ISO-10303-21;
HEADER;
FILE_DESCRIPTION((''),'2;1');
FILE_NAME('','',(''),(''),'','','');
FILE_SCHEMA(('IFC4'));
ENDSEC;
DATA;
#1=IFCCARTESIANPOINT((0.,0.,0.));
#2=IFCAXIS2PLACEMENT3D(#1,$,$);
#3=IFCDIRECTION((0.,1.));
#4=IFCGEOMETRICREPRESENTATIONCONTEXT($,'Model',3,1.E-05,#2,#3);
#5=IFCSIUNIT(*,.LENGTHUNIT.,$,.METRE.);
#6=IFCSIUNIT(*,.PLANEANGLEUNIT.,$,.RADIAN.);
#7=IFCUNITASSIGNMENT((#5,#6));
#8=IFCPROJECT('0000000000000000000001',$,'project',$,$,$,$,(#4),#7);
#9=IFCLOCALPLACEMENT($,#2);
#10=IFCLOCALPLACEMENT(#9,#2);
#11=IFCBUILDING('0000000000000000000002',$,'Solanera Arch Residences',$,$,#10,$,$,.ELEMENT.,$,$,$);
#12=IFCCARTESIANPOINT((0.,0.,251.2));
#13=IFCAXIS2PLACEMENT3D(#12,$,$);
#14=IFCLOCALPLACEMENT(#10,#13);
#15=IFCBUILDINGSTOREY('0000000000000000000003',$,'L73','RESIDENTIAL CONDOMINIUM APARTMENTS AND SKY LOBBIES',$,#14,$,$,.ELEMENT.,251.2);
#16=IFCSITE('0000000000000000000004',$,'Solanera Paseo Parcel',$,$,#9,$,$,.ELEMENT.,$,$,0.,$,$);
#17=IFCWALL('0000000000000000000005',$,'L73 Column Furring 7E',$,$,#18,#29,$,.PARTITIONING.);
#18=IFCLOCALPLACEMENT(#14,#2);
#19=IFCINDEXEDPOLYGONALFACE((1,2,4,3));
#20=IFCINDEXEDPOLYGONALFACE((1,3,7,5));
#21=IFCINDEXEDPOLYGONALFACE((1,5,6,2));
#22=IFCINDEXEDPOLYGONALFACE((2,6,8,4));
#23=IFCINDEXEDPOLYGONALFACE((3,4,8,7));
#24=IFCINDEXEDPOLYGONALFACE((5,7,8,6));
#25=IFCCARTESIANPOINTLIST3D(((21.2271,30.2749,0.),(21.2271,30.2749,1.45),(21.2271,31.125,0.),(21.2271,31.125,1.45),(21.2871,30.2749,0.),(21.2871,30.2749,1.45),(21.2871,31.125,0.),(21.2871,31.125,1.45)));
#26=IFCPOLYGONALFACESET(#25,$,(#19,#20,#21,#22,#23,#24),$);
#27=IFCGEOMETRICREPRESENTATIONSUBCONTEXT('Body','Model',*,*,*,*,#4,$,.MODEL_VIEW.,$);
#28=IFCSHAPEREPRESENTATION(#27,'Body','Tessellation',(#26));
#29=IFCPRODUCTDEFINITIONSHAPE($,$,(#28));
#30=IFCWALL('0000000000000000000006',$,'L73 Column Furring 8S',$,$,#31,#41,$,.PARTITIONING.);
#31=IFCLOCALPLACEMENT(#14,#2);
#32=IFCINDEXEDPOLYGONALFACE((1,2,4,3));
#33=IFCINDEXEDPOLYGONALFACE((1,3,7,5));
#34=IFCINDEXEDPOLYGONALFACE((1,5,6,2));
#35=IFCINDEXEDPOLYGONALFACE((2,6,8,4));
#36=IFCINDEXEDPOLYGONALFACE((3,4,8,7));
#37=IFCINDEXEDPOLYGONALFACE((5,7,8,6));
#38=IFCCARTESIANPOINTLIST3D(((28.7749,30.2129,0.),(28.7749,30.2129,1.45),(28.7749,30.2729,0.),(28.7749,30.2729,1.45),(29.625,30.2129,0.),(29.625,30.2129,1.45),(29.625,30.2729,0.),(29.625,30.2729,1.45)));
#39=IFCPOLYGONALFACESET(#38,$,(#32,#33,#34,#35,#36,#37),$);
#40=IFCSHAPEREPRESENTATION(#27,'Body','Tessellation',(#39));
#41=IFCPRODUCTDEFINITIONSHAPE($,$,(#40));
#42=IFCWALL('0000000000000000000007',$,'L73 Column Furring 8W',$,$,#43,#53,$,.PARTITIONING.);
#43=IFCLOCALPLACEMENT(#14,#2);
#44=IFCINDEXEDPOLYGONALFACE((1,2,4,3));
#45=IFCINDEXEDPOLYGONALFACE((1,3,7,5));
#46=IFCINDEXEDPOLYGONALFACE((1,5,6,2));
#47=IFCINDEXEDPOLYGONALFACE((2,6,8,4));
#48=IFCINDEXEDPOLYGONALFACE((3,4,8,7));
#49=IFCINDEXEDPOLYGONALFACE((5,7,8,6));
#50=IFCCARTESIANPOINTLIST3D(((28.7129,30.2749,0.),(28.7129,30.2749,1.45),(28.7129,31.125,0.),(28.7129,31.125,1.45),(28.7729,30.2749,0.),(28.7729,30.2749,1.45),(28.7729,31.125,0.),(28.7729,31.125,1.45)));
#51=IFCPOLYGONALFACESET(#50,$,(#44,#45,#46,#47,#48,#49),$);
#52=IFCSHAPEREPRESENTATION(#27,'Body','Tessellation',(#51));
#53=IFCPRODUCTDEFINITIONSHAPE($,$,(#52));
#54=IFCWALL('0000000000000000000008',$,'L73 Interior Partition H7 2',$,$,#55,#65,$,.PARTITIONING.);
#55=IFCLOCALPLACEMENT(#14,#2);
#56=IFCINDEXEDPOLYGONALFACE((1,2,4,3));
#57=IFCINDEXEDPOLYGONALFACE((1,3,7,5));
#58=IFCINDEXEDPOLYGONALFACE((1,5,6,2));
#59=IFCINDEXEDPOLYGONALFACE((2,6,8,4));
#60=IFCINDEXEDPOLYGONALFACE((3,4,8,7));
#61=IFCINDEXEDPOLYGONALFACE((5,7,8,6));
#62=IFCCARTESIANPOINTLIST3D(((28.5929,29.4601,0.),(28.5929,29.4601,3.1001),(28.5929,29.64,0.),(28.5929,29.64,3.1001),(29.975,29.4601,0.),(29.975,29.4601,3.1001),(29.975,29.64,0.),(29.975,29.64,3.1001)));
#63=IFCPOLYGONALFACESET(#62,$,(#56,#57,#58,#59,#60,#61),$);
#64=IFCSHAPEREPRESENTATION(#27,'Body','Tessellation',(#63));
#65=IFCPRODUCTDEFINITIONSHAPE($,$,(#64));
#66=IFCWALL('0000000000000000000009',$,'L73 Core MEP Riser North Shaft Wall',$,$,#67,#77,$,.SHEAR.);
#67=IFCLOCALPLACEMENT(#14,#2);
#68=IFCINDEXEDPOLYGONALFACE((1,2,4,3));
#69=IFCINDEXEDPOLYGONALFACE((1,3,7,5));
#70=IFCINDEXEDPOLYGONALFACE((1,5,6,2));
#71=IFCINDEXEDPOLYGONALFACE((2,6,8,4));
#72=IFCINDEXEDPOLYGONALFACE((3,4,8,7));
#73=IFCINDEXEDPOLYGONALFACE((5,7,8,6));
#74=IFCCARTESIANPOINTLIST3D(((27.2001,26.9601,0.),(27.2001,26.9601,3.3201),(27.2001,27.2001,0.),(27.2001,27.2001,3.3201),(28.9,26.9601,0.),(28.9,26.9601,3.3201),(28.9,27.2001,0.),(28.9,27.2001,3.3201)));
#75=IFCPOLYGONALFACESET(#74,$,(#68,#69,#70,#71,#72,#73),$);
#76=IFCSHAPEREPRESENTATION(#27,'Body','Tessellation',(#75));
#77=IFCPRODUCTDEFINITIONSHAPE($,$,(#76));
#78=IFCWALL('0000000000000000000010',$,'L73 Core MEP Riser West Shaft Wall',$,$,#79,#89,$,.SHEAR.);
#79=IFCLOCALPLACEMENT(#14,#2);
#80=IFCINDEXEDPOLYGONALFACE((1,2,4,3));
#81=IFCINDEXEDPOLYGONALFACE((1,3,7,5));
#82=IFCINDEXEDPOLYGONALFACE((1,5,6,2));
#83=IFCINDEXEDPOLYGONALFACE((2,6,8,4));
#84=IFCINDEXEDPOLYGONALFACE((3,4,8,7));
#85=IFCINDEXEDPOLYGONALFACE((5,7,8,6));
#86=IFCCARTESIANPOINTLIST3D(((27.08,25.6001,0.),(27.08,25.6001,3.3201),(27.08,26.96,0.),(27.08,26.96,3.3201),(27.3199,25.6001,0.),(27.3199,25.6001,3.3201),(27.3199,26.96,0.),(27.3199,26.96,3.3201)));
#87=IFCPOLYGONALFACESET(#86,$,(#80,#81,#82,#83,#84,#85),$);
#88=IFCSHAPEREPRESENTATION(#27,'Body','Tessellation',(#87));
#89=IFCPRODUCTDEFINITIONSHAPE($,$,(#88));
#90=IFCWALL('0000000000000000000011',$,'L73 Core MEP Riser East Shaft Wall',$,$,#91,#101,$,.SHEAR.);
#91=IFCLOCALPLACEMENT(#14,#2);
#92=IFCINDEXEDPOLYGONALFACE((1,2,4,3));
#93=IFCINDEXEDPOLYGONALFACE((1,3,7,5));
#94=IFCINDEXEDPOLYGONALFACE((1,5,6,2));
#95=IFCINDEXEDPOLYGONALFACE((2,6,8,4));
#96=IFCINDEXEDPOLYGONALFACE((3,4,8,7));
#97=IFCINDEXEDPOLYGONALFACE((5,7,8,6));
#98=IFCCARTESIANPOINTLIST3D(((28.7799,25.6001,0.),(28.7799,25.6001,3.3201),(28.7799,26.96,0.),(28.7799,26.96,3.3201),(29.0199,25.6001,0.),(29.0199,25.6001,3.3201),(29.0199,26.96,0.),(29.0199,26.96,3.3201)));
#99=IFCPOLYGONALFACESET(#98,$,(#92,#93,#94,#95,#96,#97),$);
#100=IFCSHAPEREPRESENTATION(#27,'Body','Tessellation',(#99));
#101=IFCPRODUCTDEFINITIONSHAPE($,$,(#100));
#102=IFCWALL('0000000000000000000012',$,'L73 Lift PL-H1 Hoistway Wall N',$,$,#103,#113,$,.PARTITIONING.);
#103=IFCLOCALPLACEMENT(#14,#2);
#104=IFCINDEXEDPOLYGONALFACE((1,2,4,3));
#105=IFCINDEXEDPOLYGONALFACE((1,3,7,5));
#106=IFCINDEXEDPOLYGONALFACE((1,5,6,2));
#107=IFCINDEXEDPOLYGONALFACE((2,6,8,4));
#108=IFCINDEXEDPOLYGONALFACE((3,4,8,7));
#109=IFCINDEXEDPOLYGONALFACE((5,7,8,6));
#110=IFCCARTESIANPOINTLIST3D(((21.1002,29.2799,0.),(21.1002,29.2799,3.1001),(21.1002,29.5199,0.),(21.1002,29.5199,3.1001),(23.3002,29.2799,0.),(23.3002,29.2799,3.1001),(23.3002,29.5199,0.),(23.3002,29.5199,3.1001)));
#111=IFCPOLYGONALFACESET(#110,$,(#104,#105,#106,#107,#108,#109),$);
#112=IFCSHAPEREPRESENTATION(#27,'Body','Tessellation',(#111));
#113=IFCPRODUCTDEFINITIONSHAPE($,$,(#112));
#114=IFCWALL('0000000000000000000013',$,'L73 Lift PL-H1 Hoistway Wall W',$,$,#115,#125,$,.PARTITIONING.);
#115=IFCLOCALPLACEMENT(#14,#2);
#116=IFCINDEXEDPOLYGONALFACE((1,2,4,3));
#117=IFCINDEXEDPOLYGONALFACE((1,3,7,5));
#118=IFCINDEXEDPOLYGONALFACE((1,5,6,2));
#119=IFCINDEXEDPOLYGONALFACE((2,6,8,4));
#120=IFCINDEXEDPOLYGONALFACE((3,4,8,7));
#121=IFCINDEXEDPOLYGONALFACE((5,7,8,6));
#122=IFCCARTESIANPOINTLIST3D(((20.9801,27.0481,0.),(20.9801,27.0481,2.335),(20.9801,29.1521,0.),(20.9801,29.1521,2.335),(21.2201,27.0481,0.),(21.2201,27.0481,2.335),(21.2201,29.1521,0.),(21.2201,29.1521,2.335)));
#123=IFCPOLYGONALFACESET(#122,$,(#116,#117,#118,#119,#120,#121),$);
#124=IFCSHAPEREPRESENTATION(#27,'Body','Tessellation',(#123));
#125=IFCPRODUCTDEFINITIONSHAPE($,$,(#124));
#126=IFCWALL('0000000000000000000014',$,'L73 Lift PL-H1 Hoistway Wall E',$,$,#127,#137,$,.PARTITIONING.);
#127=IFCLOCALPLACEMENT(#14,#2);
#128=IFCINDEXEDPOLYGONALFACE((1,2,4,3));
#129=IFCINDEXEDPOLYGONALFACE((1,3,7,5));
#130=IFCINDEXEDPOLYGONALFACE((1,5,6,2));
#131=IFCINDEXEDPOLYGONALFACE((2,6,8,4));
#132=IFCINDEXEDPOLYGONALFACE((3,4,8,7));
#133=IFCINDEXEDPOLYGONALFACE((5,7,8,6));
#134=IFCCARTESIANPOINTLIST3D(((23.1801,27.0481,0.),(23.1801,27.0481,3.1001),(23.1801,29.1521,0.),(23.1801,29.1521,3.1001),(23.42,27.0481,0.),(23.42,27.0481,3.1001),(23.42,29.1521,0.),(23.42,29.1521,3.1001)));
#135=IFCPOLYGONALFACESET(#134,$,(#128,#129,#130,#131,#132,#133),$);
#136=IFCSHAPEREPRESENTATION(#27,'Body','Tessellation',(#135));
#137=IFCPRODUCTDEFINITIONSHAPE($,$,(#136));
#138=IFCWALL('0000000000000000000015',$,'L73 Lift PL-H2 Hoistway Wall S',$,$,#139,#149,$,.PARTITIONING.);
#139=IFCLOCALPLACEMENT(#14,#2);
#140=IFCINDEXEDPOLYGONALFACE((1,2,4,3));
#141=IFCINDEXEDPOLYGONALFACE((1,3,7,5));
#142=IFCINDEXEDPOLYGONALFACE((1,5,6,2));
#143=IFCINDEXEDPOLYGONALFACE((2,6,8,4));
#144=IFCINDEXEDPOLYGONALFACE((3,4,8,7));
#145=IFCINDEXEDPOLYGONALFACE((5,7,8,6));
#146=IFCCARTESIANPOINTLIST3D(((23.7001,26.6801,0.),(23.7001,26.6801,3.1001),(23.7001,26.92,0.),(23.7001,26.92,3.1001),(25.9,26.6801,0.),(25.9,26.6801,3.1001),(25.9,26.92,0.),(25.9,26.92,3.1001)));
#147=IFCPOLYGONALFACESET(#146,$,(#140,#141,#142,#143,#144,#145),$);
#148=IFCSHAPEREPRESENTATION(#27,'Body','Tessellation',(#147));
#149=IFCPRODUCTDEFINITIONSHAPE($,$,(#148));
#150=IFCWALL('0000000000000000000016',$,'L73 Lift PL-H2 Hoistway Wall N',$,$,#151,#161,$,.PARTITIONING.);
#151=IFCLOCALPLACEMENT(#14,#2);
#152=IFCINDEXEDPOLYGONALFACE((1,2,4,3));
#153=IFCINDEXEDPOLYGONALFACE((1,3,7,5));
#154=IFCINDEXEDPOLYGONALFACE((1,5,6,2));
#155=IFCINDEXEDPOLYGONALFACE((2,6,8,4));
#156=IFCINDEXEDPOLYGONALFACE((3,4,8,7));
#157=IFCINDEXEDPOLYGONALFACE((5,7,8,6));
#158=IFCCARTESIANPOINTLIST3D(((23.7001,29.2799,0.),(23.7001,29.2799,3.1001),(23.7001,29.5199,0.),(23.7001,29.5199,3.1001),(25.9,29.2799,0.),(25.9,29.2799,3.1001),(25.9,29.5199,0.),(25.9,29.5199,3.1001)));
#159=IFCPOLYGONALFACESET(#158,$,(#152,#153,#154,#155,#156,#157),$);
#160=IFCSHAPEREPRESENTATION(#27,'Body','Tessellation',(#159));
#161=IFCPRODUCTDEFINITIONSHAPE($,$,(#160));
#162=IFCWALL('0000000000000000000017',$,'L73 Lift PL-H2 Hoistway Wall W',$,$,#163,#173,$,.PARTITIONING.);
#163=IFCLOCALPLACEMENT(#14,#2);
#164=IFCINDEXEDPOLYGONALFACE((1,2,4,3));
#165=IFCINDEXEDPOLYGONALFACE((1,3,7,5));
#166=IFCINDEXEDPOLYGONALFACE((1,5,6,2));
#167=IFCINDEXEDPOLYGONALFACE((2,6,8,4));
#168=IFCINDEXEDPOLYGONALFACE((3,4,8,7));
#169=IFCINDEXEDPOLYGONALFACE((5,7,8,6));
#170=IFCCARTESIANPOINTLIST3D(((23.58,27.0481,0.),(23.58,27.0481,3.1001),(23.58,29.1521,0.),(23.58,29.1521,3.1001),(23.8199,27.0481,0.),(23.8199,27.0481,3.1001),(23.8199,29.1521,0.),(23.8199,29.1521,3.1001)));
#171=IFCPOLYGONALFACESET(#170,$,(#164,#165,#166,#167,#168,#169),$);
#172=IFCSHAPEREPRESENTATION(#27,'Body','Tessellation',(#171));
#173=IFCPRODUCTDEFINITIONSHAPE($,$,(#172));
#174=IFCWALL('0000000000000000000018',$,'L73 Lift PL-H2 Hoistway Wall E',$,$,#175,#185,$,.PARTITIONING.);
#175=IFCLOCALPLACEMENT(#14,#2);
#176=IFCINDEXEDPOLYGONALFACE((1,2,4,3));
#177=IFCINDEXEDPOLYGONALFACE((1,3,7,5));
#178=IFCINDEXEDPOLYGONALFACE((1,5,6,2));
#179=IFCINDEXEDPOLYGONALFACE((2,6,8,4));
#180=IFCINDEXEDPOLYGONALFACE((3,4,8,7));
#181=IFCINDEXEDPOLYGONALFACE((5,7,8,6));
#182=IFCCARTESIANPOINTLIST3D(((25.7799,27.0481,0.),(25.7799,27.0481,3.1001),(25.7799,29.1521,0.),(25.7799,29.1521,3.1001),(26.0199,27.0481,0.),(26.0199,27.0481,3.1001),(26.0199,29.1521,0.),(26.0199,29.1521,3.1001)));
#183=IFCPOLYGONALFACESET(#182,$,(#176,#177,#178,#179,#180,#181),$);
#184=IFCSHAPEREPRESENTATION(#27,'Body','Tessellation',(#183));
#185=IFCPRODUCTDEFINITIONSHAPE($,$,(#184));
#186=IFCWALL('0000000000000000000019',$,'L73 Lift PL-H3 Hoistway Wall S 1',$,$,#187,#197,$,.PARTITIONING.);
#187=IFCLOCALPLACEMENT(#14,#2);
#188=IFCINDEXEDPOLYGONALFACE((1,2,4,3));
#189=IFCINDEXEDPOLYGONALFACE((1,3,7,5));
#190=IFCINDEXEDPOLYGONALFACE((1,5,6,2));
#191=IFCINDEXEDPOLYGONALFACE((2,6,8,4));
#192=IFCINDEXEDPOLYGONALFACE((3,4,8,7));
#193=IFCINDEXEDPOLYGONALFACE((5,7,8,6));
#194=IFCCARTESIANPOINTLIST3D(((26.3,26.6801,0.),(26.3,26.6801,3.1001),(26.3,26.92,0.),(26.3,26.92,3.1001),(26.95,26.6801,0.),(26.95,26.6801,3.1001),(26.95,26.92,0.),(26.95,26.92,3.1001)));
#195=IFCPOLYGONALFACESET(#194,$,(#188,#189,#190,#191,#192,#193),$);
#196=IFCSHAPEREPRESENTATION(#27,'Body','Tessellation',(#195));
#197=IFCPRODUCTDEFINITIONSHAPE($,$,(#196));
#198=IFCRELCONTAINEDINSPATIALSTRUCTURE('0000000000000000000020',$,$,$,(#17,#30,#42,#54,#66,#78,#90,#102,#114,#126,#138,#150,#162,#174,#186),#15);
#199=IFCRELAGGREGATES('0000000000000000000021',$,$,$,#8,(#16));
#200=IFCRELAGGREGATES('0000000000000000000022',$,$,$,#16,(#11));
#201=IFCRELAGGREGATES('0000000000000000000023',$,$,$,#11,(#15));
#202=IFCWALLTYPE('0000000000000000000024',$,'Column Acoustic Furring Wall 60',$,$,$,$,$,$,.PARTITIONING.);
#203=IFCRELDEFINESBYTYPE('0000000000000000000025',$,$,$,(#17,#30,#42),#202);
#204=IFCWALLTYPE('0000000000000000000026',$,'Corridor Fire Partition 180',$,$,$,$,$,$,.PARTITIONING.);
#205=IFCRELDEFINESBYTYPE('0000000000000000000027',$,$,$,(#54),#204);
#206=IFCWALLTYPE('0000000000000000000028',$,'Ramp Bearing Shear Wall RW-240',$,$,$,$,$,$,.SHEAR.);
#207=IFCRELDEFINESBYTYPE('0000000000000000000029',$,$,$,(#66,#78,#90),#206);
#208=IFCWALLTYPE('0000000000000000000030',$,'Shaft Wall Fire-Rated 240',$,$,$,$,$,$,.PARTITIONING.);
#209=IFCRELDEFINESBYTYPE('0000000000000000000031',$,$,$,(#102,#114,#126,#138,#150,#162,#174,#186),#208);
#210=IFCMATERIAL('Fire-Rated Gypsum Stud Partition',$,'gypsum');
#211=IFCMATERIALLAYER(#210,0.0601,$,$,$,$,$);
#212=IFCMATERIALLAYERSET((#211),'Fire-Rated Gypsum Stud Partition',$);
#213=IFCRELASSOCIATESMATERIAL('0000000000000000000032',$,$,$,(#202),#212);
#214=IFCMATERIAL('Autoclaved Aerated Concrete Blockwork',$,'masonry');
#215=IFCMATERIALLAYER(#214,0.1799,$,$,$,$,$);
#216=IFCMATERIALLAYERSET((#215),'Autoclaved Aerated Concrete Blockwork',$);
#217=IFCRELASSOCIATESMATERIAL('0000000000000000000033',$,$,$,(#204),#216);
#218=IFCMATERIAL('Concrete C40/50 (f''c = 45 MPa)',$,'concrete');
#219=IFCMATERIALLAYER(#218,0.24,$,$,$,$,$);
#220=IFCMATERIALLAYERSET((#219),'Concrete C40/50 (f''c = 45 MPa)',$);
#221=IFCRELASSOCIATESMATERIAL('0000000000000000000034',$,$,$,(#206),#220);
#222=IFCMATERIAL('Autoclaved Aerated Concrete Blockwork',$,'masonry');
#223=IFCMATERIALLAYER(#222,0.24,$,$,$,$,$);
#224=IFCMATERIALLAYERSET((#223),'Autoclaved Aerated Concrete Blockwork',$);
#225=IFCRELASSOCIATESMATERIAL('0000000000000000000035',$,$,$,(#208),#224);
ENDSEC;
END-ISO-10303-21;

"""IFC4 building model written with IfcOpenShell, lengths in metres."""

from ifc_helpers import new_model, si_unit, direction, frame, frame_2d, origin, place, context, subcontext, project, spatial, rectangle, extrude, material, layer, layer_set, type_object, element, save


model = new_model("IFC4")

# Units and contexts
model_context = context("Model", 3, precision=1e-05, world=origin(), true_north=direction((0.0, 1.0)))
body_context = subcontext(model_context, "Body", "Model", "MODEL_VIEW")
ifc_project = project(units=[si_unit("LENGTHUNIT", "METRE"), si_unit("PLANEANGLEUNIT", "RADIAN")], contexts=[model_context])

# Site, building, storey
site_placement = place(None, origin())
site = spatial("IfcSite", under=ifc_project, at=site_placement, Name="Solanera Paseo Parcel", CompositionType="ELEMENT", RefElevation=0.0)
building_placement = place(site_placement, origin())
building = spatial("IfcBuilding", under=site, at=building_placement, Name="Solanera Arch Residences", CompositionType="ELEMENT")
storey_placement = place(building_placement, frame((0.0, 0.0, 251.2)))
storey = spatial("IfcBuildingStorey", under=building, at=storey_placement, Name="L73", Description="RESIDENTIAL CONDOMINIUM APARTMENTS AND SKY LOBBIES", CompositionType="ELEMENT", Elevation=251.2)

# Walls
ifc_material_1 = material(Name="Fire-Rated Gypsum Stud Partition", Category="gypsum")
ifc_layer_1 = layer(ifc_material_1, 0.0601)
ifc_layer_set_1 = layer_set([ifc_layer_1], Name="Fire-Rated Gypsum Stud Partition")
wall_type_1 = type_object("IfcWallType", Name="Column Acoustic Furring Wall 60", PredefinedType="PARTITIONING", material=ifc_layer_set_1)
for number, where, z_axis, x_axis, name in (
    (1, (21.2571, 30.2749, 0.0), (0.0, 0.0, 1.0), (0.0, 1.0, 0.0), "L73 Column Furring 7E"),
    (2, (28.7749, 30.2429, 0.0), (0.0, 0.0, 1.0), (1.0, 0.0, 0.0), "L73 Column Furring 8S"),
    (3, (28.7429, 30.2749, 0.0), (0.0, 0.0, 1.0), (0.0, 1.0, 0.0), "L73 Column Furring 8W"),
):
    element("IfcWall", number, at=place(storey_placement, frame(where, z_axis=z_axis, x_axis=x_axis)), inside=storey, type_object=wall_type_1, Name=name, PredefinedType="PARTITIONING", context=body_context, shape_type="SweptSolid", body=[
        extrude(rectangle(XDim=0.8501, YDim=0.0601, at=frame_2d((0.425, 0.0))), origin(), (0.0, 0.0, 1.0), 1.45),
    ])
ifc_material_2 = material(Name="Autoclaved Aerated Concrete Blockwork", Category="masonry")
ifc_layer_2 = layer(ifc_material_2, 0.1799)
ifc_layer_set_2 = layer_set([ifc_layer_2], Name="Autoclaved Aerated Concrete Blockwork")
wall_type_2 = type_object("IfcWallType", Name="Corridor Fire Partition 180", PredefinedType="PARTITIONING", material=ifc_layer_set_2)
wall_1_placement = place(storey_placement, frame((28.593, 29.55, 0.0), z_axis=(0.0, 0.0, 1.0), x_axis=(1.0, 0.0, 0.0)))
element("IfcWall", 4, at=wall_1_placement, inside=storey, type_object=wall_type_2, Name="L73 Interior Partition H7 2", PredefinedType="PARTITIONING", context=body_context, shape_type="SweptSolid", body=[
    extrude(rectangle(XDim=1.3821, YDim=0.1799, at=frame_2d((0.6909, 0.0))), origin(), (0.0, 0.0, 1.0), 3.1001),
])
ifc_material_3 = material(Name="Concrete C40/50 (f'c = 45 MPa)", Category="concrete")
ifc_layer_3 = layer(ifc_material_3, 0.24)
ifc_layer_set_3 = layer_set([ifc_layer_3], Name="Concrete C40/50 (f'c = 45 MPa)")
wall_type_3 = type_object("IfcWallType", Name="Ramp Bearing Shear Wall RW-240", PredefinedType="SHEAR", material=ifc_layer_set_3)
wall_2_placement = place(storey_placement, frame((27.2, 27.0801, 0.0), z_axis=(0.0, 0.0, 1.0), x_axis=(1.0, 0.0, 0.0)))
element("IfcWall", 5, at=wall_2_placement, inside=storey, type_object=wall_type_3, Name="L73 Core MEP Riser North Shaft Wall", PredefinedType="SHEAR", context=body_context, shape_type="SweptSolid", body=[
    extrude(rectangle(XDim=1.7, YDim=0.24, at=frame_2d((0.8501, 0.0))), origin(), (0.0, 0.0, 1.0), 3.3201),
])
for number, where, z_axis, x_axis, name in (
    (6, (27.2, 25.6001, 0.0), (0.0, 0.0, 1.0), (0.0, 1.0, 0.0), "L73 Core MEP Riser West Shaft Wall"),
    (7, (28.8999, 25.6001, 0.0), (0.0, 0.0, 1.0), (0.0, 1.0, 0.0), "L73 Core MEP Riser East Shaft Wall"),
):
    element("IfcWall", number, at=place(storey_placement, frame(where, z_axis=z_axis, x_axis=x_axis)), inside=storey, type_object=wall_type_3, Name=name, PredefinedType="SHEAR", context=body_context, shape_type="SweptSolid", body=[
        extrude(rectangle(XDim=1.3599, YDim=0.24, at=frame_2d((0.6799, 0.0))), origin(), (0.0, 0.0, 1.0), 3.3201),
    ])
ifc_material_4 = material(Name="Autoclaved Aerated Concrete Blockwork", Category="masonry")
ifc_layer_4 = layer(ifc_material_4, 0.24)
ifc_layer_set_4 = layer_set([ifc_layer_4], Name="Autoclaved Aerated Concrete Blockwork")
wall_type_4 = type_object("IfcWallType", Name="Shaft Wall Fire-Rated 240", PredefinedType="PARTITIONING", material=ifc_layer_set_4)
wall_3_placement = place(storey_placement, frame((21.1001, 29.3999, 0.0), z_axis=(0.0, 0.0, 1.0), x_axis=(1.0, 0.0, 0.0)))
element("IfcWall", 8, at=wall_3_placement, inside=storey, type_object=wall_type_4, Name="L73 Lift PL-H1 Hoistway Wall N", PredefinedType="PARTITIONING", context=body_context, shape_type="SweptSolid", body=[
    extrude(rectangle(XDim=2.2, YDim=0.24, at=frame_2d((1.1001, 0.0))), origin(), (0.0, 0.0, 1.0), 3.1001),
])
wall_4_placement = place(storey_placement, frame((21.1001, 27.0481, 0.0), z_axis=(0.0, 0.0, 1.0), x_axis=(0.0, 1.0, 0.0)))
element("IfcWall", 9, at=wall_4_placement, inside=storey, type_object=wall_type_4, Name="L73 Lift PL-H1 Hoistway Wall W", PredefinedType="PARTITIONING", context=body_context, shape_type="SweptSolid", body=[
    extrude(rectangle(XDim=2.104, YDim=0.24, at=frame_2d((1.052, 0.0))), origin(), (0.0, 0.0, 1.0), 2.335),
])
wall_5_placement = place(storey_placement, frame((23.3, 27.0481, 0.0), z_axis=(0.0, 0.0, 1.0), x_axis=(0.0, 1.0, 0.0)))
element("IfcWall", 10, at=wall_5_placement, inside=storey, type_object=wall_type_4, Name="L73 Lift PL-H1 Hoistway Wall E", PredefinedType="PARTITIONING", context=body_context, shape_type="SweptSolid", body=[
    extrude(rectangle(XDim=2.104, YDim=0.24, at=frame_2d((1.052, 0.0))), origin(), (0.0, 0.0, 1.0), 3.1001),
])
for number, where, z_axis, x_axis, name in (
    (11, (23.7, 26.8, 0.0), (0.0, 0.0, 1.0), (1.0, 0.0, 0.0), "L73 Lift PL-H2 Hoistway Wall S"),
    (12, (23.7, 29.3999, 0.0), (0.0, 0.0, 1.0), (1.0, 0.0, 0.0), "L73 Lift PL-H2 Hoistway Wall N"),
):
    element("IfcWall", number, at=place(storey_placement, frame(where, z_axis=z_axis, x_axis=x_axis)), inside=storey, type_object=wall_type_4, Name=name, PredefinedType="PARTITIONING", context=body_context, shape_type="SweptSolid", body=[
        extrude(rectangle(XDim=2.2, YDim=0.24, at=frame_2d((1.1001, 0.0))), origin(), (0.0, 0.0, 1.0), 3.1001),
    ])
for number, where, z_axis, x_axis, name in (
    (13, (23.7, 27.0481, 0.0), (0.0, 0.0, 1.0), (0.0, 1.0, 0.0), "L73 Lift PL-H2 Hoistway Wall W"),
    (14, (25.8999, 27.0481, 0.0), (0.0, 0.0, 1.0), (0.0, 1.0, 0.0), "L73 Lift PL-H2 Hoistway Wall E"),
):
    element("IfcWall", number, at=place(storey_placement, frame(where, z_axis=z_axis, x_axis=x_axis)), inside=storey, type_object=wall_type_4, Name=name, PredefinedType="PARTITIONING", context=body_context, shape_type="SweptSolid", body=[
        extrude(rectangle(XDim=2.104, YDim=0.24, at=frame_2d((1.052, 0.0))), origin(), (0.0, 0.0, 1.0), 3.1001),
    ])
wall_6_placement = place(storey_placement, frame((26.3, 26.8, 0.0), z_axis=(0.0, 0.0, 1.0), x_axis=(1.0, 0.0, 0.0)))
element("IfcWall", 15, at=wall_6_placement, inside=storey, type_object=wall_type_4, Name="L73 Lift PL-H3 Hoistway Wall S 1", PredefinedType="PARTITIONING", context=body_context, shape_type="SweptSolid", body=[
    extrude(rectangle(XDim=0.6499, YDim=0.24, at=frame_2d((0.325, 0.0))), origin(), (0.0, 0.0, 1.0), 3.1001),
])

save(model, "model.ifc")
